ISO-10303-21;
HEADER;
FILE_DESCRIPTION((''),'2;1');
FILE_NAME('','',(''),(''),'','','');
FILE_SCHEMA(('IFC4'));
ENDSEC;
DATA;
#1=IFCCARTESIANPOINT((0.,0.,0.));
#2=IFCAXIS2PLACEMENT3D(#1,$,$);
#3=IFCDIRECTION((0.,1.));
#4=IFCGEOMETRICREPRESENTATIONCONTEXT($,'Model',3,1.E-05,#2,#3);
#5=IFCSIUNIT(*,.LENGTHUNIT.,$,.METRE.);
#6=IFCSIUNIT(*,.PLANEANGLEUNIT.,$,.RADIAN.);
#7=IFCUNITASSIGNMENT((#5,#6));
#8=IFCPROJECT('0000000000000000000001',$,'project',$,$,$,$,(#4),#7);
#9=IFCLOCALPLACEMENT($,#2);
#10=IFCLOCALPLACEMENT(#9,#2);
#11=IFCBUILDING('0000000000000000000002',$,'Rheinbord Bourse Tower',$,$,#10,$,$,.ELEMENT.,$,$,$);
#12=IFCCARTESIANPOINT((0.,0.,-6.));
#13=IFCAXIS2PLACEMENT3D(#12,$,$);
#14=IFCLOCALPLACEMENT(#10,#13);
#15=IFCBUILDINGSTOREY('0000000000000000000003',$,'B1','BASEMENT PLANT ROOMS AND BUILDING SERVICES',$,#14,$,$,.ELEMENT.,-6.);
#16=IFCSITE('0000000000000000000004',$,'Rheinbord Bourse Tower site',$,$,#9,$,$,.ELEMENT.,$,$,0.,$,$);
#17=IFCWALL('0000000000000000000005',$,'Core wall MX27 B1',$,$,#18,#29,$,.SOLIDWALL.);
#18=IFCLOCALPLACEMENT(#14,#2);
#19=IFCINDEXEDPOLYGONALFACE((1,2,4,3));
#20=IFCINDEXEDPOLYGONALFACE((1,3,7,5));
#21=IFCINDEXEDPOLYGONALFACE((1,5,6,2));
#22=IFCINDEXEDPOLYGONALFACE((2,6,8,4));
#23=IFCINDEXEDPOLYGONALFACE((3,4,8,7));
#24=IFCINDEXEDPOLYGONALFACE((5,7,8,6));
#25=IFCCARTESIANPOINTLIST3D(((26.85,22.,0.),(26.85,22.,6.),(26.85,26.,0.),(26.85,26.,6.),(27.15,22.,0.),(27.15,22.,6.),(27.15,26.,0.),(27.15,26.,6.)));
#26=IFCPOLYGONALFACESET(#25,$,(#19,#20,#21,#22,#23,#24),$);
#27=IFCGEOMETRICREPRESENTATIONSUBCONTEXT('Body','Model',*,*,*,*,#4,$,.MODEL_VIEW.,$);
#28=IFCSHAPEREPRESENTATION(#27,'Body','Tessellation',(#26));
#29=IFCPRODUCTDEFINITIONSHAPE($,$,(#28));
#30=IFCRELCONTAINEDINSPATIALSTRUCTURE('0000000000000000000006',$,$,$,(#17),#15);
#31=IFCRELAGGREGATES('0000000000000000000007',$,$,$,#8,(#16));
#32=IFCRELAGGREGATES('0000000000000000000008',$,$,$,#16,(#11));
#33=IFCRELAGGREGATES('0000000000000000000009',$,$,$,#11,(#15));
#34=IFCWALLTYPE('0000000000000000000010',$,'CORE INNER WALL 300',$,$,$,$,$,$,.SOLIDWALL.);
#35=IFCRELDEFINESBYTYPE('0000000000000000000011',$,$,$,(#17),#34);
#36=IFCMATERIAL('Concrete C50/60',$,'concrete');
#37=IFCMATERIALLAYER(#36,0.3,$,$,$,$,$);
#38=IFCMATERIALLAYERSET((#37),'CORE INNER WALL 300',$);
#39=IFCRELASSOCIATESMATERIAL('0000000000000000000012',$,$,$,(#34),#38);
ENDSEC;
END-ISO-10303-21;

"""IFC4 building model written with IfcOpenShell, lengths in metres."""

from ifc_helpers import new_model, si_unit, direction, frame, frame_2d, origin, place, context, subcontext, project, spatial, rectangle, extrude, material, layer, layer_set, type_object, element, save


model = new_model("IFC4")

# Units and contexts
model_context = context("Model", 3, precision=1e-05, world=origin(), true_north=direction((0.0, 1.0)))
body_context = subcontext(model_context, "Body", "Model", "MODEL_VIEW")
ifc_project = project(units=[si_unit("LENGTHUNIT", "METRE"), si_unit("PLANEANGLEUNIT", "RADIAN")], contexts=[model_context])

# Site, building, storey
site_placement = place(None, origin())
site = spatial("IfcSite", under=ifc_project, at=site_placement, Name="Rheinbord Bourse Tower site", CompositionType="ELEMENT", RefElevation=0.0)
building_placement = place(site_placement, origin())
building = spatial("IfcBuilding", under=site, at=building_placement, Name="Rheinbord Bourse Tower", CompositionType="ELEMENT")
storey_placement = place(building_placement, frame((0.0, 0.0, -6.0)))
storey = spatial("IfcBuildingStorey", under=building, at=storey_placement, Name="B1", Description="BASEMENT PLANT ROOMS AND BUILDING SERVICES", CompositionType="ELEMENT", Elevation=-6.0)

# Shared definitions
ifc_material_1 = material(Name="Concrete C50/60", Category="concrete")
ifc_layer = layer(ifc_material_1, 0.3)
ifc_layer_set = layer_set([ifc_layer], Name="CORE INNER WALL 300")
wall_type = type_object("IfcWallType", Name="CORE INNER WALL 300", PredefinedType="SOLIDWALL", material=ifc_layer_set)

# Wall
for number, where, z_axis, x_axis, name in (
    (1, (27.0, 22.0, 0.0), (0.0, 0.0, 1.0), (0.0, 1.0, 0.0), "Core wall MX27 B1"),
):
    element("IfcWall", number, at=place(storey_placement, frame(where, z_axis=z_axis, x_axis=x_axis)), inside=storey, type_object=wall_type, Name=name, PredefinedType="SOLIDWALL", context=body_context, shape_type="SweptSolid", body=[
        extrude(rectangle(XDim=4.0, YDim=0.3, at=frame_2d((2.0, 0.0))), origin(), (0.0, 0.0, 1.0), 6.0),
    ])

save(model, "model.ifc")
